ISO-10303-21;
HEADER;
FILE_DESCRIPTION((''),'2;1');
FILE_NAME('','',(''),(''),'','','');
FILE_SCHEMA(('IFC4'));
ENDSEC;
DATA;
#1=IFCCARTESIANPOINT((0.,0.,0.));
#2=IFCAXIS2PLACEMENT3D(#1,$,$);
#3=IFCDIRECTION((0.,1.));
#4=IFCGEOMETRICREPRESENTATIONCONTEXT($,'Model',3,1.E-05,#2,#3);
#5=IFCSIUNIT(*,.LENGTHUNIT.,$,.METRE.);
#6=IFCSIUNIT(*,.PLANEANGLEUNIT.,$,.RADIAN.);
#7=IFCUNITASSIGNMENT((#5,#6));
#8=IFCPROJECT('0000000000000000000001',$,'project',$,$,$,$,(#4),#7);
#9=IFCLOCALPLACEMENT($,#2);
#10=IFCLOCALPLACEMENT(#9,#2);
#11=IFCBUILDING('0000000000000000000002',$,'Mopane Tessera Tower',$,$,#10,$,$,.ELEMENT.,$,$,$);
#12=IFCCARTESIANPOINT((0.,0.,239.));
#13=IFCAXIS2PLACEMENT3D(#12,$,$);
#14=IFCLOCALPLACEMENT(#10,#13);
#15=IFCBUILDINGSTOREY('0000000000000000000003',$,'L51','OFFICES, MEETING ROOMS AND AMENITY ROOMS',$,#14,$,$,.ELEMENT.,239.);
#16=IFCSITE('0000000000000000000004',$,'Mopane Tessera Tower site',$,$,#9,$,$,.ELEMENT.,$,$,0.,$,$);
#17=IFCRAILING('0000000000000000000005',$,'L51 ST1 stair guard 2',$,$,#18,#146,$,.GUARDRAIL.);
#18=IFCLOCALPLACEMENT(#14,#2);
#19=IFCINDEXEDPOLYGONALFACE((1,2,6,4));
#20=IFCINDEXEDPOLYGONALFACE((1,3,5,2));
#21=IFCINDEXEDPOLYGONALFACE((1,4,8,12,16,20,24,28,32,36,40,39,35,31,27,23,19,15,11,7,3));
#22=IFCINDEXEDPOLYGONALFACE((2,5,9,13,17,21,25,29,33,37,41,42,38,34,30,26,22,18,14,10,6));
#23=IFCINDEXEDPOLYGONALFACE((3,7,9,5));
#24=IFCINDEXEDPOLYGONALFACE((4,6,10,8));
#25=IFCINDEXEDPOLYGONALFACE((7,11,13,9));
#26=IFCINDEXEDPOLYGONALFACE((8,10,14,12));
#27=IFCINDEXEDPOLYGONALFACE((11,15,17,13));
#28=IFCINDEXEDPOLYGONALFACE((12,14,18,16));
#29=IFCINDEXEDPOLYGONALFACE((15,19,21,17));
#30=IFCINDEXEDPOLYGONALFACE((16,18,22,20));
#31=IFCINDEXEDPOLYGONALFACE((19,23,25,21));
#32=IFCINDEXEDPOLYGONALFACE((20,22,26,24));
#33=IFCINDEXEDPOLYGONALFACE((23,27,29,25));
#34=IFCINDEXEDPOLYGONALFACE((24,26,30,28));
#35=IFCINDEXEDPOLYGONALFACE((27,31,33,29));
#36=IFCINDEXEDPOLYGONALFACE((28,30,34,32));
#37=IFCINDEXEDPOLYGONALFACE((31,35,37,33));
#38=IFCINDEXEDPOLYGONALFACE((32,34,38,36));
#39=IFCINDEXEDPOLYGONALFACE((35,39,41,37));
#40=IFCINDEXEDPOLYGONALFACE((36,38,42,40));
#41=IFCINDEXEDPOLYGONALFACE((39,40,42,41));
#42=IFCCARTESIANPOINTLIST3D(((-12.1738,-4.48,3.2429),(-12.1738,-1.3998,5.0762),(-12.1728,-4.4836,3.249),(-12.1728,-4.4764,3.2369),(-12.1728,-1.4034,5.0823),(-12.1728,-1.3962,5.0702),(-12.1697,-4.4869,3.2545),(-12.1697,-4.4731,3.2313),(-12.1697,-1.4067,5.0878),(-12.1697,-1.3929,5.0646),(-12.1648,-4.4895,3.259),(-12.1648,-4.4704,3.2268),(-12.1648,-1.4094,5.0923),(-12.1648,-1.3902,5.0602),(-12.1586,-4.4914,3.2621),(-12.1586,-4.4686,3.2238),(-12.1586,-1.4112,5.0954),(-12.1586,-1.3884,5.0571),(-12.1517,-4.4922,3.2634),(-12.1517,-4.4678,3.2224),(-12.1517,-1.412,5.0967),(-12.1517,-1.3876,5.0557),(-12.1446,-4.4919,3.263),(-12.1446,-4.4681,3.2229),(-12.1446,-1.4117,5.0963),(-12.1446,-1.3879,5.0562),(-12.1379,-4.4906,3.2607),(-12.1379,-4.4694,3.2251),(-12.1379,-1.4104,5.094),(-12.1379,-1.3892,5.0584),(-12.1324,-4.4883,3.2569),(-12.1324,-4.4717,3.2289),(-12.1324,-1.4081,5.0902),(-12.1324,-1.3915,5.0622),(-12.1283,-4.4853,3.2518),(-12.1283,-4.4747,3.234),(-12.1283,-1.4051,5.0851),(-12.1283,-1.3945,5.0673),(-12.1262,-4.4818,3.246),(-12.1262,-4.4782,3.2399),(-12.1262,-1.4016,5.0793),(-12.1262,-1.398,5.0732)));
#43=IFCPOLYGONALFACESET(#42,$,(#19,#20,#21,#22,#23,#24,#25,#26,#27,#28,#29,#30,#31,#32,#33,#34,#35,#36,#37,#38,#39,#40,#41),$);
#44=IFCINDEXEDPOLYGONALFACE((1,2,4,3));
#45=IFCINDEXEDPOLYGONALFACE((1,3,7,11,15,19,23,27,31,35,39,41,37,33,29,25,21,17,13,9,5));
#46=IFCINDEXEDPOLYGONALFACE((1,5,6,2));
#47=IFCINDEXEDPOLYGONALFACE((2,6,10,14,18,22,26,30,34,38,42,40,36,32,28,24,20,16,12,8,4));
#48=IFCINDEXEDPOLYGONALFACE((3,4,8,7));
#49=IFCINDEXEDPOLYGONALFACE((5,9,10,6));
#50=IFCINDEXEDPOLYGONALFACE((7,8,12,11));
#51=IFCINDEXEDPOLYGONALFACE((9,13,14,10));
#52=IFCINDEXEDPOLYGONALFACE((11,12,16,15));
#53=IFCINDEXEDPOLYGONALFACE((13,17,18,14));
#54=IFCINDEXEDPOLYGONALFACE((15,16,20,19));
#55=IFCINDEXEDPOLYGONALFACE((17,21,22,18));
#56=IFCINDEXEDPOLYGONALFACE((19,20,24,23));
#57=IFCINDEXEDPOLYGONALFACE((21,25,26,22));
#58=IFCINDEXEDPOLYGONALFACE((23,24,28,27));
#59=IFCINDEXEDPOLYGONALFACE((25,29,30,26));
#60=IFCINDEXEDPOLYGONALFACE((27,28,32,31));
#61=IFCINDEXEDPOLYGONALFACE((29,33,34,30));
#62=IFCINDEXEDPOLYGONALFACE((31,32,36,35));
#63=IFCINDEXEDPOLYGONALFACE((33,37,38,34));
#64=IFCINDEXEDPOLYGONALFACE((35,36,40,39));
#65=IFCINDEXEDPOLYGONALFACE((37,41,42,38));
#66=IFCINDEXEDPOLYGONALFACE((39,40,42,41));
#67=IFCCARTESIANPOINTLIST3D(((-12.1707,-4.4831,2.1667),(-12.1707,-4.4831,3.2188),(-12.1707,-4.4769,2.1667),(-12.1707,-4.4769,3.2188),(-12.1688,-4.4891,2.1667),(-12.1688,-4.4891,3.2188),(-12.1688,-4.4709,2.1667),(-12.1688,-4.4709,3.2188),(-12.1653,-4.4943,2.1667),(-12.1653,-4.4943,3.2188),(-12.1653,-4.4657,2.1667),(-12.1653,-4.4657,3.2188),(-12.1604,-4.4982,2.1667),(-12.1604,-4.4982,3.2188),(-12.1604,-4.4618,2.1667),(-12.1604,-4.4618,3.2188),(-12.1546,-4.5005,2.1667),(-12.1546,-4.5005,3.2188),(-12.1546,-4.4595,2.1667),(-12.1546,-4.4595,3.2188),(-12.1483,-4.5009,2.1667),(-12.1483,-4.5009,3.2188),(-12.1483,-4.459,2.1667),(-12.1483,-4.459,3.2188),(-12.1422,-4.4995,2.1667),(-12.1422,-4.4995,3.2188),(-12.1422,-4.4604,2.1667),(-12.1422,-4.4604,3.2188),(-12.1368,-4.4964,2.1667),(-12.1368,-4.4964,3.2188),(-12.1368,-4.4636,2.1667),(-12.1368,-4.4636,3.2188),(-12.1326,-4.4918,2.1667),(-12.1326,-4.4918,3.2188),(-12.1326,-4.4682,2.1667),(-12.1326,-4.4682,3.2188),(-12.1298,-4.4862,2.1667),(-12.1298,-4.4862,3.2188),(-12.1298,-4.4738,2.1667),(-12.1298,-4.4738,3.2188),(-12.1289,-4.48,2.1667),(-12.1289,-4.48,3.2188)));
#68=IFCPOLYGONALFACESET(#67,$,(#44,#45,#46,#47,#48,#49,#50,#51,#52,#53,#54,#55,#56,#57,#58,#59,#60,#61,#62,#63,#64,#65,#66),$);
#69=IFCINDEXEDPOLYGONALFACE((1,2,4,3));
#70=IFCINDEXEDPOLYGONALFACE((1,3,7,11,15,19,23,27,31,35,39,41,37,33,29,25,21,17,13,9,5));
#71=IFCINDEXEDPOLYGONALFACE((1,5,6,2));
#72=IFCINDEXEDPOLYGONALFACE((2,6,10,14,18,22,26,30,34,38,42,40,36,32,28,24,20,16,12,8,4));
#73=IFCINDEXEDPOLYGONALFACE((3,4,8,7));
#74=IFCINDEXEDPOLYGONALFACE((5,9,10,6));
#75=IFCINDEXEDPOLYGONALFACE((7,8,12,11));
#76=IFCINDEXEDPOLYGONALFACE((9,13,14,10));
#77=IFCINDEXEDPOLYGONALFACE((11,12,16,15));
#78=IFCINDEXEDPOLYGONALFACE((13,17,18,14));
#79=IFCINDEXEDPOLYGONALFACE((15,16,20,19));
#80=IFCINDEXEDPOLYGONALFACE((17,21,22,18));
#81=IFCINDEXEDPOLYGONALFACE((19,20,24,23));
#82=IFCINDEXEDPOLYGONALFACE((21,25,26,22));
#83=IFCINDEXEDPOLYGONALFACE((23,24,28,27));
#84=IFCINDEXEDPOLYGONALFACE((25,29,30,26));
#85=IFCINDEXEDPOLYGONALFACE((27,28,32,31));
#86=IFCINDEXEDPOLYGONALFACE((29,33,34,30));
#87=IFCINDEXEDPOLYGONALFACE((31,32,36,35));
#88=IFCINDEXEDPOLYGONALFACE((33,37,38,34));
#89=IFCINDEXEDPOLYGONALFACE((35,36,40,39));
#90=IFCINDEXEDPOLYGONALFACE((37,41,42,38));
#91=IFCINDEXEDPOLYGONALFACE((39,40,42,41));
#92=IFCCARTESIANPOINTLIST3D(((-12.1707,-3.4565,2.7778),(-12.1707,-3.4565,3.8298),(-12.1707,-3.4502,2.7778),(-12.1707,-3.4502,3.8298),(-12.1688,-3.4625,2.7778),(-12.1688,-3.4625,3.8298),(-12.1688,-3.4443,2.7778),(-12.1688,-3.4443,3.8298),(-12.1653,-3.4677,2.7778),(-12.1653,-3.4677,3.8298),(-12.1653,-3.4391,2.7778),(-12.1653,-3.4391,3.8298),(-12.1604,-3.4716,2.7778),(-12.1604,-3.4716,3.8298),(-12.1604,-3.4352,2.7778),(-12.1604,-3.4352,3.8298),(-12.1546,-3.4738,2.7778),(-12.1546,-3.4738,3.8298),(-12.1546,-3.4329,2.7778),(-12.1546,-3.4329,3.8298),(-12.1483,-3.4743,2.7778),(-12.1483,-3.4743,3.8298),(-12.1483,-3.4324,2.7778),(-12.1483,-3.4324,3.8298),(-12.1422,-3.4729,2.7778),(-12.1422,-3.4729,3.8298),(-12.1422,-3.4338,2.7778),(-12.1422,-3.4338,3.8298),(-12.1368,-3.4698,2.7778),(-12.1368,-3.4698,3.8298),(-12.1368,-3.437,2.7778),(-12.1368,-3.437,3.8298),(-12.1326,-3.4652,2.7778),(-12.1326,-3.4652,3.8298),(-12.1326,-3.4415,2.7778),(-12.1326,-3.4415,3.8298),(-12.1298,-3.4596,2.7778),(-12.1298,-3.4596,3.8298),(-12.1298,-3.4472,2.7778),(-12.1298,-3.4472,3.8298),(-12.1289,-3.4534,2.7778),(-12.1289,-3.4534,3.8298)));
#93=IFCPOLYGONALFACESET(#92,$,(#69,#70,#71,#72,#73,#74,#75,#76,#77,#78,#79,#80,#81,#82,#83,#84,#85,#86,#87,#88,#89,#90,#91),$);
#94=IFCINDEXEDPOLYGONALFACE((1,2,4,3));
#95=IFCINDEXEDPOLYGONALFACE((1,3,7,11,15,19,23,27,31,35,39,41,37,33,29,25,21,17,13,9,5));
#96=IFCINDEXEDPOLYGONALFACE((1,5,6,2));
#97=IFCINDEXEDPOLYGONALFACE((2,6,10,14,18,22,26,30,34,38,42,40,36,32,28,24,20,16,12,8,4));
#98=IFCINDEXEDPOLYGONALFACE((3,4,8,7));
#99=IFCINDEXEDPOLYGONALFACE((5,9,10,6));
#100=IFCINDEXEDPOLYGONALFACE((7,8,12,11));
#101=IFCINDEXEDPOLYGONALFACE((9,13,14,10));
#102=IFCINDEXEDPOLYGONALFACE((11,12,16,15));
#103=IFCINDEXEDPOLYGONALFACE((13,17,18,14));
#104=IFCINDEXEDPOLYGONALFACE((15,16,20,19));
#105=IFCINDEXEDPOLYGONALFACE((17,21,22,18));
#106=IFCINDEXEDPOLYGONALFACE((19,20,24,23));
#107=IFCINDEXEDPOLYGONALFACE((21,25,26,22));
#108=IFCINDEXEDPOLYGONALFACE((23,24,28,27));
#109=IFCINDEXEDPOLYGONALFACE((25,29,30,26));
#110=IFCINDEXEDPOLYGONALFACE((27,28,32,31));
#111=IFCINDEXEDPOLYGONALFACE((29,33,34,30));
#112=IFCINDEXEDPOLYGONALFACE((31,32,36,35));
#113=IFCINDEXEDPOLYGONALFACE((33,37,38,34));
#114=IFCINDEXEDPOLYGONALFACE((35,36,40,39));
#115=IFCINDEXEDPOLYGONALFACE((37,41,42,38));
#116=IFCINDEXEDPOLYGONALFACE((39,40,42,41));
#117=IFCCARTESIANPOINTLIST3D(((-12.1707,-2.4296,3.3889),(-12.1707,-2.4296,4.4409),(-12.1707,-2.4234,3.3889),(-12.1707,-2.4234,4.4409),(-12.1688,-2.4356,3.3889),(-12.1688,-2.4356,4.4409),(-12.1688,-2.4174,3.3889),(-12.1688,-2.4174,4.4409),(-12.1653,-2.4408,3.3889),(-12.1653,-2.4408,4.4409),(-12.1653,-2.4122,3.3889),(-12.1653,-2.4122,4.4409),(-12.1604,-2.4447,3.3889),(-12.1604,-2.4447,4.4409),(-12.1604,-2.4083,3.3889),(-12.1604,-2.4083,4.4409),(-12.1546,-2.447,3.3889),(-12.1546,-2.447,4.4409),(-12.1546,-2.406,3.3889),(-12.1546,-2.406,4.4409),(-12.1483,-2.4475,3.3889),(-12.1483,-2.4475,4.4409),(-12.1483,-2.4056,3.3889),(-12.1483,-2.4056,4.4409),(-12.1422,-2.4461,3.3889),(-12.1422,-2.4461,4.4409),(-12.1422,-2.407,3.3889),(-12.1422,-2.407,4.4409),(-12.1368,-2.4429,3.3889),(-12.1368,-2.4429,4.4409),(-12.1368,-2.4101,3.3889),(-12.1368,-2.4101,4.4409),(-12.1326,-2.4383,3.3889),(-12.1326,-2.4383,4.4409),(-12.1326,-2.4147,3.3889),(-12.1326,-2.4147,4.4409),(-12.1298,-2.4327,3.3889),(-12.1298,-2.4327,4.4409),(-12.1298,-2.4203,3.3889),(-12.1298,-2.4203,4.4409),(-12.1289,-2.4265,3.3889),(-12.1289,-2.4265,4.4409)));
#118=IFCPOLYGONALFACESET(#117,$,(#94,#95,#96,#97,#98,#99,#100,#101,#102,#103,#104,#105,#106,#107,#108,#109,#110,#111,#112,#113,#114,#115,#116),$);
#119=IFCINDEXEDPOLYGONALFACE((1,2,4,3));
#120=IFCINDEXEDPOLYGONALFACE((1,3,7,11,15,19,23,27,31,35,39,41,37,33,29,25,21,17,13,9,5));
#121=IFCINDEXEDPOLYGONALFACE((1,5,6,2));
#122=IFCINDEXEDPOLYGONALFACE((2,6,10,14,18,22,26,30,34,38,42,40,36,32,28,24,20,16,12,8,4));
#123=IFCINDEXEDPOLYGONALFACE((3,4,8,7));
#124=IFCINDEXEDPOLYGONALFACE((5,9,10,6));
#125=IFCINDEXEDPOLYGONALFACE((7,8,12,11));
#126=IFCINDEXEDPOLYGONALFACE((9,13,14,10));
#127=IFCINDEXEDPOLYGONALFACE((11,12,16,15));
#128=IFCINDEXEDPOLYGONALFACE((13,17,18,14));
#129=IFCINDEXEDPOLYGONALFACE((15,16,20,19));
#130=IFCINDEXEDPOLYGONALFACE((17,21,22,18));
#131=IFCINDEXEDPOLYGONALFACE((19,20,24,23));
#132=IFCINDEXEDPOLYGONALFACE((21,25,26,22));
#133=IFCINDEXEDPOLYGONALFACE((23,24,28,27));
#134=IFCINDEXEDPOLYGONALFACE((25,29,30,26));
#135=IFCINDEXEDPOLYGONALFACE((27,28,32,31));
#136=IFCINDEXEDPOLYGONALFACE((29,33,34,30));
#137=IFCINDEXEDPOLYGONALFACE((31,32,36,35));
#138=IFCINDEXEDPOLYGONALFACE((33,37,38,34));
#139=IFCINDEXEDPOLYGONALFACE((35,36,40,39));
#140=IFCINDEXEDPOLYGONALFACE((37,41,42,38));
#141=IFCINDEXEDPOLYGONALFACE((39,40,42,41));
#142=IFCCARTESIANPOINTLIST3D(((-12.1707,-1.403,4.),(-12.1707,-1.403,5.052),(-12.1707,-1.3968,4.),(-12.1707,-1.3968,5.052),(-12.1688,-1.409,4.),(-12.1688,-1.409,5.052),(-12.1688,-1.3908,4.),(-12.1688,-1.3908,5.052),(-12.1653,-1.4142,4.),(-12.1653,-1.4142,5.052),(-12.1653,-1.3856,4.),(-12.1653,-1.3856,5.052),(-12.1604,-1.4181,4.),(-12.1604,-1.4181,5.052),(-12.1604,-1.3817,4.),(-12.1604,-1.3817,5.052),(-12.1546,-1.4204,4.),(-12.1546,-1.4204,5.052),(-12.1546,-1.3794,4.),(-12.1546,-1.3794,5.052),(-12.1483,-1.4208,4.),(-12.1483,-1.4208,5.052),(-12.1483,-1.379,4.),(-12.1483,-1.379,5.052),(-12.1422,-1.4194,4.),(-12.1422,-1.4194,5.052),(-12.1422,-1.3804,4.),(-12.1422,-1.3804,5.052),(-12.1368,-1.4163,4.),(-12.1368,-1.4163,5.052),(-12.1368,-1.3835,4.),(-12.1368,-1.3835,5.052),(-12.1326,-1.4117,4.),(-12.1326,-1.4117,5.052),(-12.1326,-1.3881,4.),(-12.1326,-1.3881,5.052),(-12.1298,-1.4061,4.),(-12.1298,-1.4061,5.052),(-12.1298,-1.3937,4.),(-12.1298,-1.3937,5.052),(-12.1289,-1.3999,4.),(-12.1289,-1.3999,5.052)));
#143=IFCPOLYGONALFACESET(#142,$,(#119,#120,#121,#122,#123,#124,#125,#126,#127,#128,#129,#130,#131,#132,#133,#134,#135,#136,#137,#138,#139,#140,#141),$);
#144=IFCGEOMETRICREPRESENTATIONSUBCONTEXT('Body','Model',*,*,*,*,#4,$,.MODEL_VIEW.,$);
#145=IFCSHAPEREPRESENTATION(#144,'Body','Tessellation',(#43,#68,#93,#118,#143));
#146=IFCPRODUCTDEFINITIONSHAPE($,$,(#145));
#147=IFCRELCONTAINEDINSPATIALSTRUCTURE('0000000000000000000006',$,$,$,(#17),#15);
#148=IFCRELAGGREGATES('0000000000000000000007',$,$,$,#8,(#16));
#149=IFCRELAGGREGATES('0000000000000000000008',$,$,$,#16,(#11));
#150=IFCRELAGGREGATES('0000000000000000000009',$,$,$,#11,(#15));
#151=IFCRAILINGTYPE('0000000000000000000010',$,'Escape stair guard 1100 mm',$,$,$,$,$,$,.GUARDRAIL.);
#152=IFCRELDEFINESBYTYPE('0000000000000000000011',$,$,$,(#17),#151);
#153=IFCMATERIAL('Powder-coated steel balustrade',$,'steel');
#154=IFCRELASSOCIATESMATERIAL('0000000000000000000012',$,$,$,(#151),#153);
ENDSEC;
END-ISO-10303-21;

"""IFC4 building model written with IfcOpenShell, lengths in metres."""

from ifc_helpers import new_model, si_unit, direction, frame, origin, origin_2d, place, context, subcontext, project, spatial, circle, extrude, material, type_object, element, save


model = new_model("IFC4")

# Units and contexts
model_context = context("Model", 3, precision=1e-05, world=origin(), true_north=direction((0.0, 1.0)))
body_context = subcontext(model_context, "Body", "Model", "MODEL_VIEW")
ifc_project = project(units=[si_unit("LENGTHUNIT", "METRE"), si_unit("PLANEANGLEUNIT", "RADIAN")], contexts=[model_context])

# Site, building, storey
site_placement = place(None, origin())
site = spatial("IfcSite", under=ifc_project, at=site_placement, Name="Mopane Tessera Tower site", CompositionType="ELEMENT", RefElevation=0.0)
building_placement = place(site_placement, origin())
building = spatial("IfcBuilding", under=site, at=building_placement, Name="Mopane Tessera Tower", CompositionType="ELEMENT")
storey_placement = place(building_placement, frame((0.0, 0.0, 239.0)))
storey = spatial("IfcBuildingStorey", under=building, at=storey_placement, Name="L51", Description="OFFICES, MEETING ROOMS AND AMENITY ROOMS", CompositionType="ELEMENT", Elevation=239.0)

# Railing
ifc_material_1 = material(Name="Powder-coated steel balustrade", Category="steel")
railing_type_1 = type_object("IfcRailingType", Name="Escape stair guard 1100 mm", PredefinedType="GUARDRAIL", material=ifc_material_1)
railing_1_placement = place(storey_placement, frame((-12.1499, -4.48, 2.1667)))
element("IfcRailing", 1, at=railing_1_placement, inside=storey, type_object=railing_type_1, Name="L51 ST1 stair guard 2", PredefinedType="GUARDRAIL", context=body_context, shape_type="SweptSolid", body=[
    extrude(circle(Radius=0.0239, at=origin_2d()), frame((0.0, 0.0, 1.0762), z_axis=(0.0, 0.859309, 0.511458), x_axis=(-1.0, 0.0, 0.0)), (0.0, 0.0, 1.0), 3.5845),
    extrude(circle(Radius=0.021, at=origin_2d()), origin(), (0.0, 0.0, 1.0), 1.052),
    extrude(circle(Radius=0.021, at=origin_2d()), frame((0.0, 1.0266, 0.6111)), (0.0, 0.0, 1.0), 1.052),
    extrude(circle(Radius=0.021, at=origin_2d()), frame((0.0, 2.0535, 1.2222)), (0.0, 0.0, 1.0), 1.052),
    extrude(circle(Radius=0.021, at=origin_2d()), frame((0.0, 3.0801, 1.8333)), (0.0, 0.0, 1.0), 1.052),
])

save(model, "model.ifc")
